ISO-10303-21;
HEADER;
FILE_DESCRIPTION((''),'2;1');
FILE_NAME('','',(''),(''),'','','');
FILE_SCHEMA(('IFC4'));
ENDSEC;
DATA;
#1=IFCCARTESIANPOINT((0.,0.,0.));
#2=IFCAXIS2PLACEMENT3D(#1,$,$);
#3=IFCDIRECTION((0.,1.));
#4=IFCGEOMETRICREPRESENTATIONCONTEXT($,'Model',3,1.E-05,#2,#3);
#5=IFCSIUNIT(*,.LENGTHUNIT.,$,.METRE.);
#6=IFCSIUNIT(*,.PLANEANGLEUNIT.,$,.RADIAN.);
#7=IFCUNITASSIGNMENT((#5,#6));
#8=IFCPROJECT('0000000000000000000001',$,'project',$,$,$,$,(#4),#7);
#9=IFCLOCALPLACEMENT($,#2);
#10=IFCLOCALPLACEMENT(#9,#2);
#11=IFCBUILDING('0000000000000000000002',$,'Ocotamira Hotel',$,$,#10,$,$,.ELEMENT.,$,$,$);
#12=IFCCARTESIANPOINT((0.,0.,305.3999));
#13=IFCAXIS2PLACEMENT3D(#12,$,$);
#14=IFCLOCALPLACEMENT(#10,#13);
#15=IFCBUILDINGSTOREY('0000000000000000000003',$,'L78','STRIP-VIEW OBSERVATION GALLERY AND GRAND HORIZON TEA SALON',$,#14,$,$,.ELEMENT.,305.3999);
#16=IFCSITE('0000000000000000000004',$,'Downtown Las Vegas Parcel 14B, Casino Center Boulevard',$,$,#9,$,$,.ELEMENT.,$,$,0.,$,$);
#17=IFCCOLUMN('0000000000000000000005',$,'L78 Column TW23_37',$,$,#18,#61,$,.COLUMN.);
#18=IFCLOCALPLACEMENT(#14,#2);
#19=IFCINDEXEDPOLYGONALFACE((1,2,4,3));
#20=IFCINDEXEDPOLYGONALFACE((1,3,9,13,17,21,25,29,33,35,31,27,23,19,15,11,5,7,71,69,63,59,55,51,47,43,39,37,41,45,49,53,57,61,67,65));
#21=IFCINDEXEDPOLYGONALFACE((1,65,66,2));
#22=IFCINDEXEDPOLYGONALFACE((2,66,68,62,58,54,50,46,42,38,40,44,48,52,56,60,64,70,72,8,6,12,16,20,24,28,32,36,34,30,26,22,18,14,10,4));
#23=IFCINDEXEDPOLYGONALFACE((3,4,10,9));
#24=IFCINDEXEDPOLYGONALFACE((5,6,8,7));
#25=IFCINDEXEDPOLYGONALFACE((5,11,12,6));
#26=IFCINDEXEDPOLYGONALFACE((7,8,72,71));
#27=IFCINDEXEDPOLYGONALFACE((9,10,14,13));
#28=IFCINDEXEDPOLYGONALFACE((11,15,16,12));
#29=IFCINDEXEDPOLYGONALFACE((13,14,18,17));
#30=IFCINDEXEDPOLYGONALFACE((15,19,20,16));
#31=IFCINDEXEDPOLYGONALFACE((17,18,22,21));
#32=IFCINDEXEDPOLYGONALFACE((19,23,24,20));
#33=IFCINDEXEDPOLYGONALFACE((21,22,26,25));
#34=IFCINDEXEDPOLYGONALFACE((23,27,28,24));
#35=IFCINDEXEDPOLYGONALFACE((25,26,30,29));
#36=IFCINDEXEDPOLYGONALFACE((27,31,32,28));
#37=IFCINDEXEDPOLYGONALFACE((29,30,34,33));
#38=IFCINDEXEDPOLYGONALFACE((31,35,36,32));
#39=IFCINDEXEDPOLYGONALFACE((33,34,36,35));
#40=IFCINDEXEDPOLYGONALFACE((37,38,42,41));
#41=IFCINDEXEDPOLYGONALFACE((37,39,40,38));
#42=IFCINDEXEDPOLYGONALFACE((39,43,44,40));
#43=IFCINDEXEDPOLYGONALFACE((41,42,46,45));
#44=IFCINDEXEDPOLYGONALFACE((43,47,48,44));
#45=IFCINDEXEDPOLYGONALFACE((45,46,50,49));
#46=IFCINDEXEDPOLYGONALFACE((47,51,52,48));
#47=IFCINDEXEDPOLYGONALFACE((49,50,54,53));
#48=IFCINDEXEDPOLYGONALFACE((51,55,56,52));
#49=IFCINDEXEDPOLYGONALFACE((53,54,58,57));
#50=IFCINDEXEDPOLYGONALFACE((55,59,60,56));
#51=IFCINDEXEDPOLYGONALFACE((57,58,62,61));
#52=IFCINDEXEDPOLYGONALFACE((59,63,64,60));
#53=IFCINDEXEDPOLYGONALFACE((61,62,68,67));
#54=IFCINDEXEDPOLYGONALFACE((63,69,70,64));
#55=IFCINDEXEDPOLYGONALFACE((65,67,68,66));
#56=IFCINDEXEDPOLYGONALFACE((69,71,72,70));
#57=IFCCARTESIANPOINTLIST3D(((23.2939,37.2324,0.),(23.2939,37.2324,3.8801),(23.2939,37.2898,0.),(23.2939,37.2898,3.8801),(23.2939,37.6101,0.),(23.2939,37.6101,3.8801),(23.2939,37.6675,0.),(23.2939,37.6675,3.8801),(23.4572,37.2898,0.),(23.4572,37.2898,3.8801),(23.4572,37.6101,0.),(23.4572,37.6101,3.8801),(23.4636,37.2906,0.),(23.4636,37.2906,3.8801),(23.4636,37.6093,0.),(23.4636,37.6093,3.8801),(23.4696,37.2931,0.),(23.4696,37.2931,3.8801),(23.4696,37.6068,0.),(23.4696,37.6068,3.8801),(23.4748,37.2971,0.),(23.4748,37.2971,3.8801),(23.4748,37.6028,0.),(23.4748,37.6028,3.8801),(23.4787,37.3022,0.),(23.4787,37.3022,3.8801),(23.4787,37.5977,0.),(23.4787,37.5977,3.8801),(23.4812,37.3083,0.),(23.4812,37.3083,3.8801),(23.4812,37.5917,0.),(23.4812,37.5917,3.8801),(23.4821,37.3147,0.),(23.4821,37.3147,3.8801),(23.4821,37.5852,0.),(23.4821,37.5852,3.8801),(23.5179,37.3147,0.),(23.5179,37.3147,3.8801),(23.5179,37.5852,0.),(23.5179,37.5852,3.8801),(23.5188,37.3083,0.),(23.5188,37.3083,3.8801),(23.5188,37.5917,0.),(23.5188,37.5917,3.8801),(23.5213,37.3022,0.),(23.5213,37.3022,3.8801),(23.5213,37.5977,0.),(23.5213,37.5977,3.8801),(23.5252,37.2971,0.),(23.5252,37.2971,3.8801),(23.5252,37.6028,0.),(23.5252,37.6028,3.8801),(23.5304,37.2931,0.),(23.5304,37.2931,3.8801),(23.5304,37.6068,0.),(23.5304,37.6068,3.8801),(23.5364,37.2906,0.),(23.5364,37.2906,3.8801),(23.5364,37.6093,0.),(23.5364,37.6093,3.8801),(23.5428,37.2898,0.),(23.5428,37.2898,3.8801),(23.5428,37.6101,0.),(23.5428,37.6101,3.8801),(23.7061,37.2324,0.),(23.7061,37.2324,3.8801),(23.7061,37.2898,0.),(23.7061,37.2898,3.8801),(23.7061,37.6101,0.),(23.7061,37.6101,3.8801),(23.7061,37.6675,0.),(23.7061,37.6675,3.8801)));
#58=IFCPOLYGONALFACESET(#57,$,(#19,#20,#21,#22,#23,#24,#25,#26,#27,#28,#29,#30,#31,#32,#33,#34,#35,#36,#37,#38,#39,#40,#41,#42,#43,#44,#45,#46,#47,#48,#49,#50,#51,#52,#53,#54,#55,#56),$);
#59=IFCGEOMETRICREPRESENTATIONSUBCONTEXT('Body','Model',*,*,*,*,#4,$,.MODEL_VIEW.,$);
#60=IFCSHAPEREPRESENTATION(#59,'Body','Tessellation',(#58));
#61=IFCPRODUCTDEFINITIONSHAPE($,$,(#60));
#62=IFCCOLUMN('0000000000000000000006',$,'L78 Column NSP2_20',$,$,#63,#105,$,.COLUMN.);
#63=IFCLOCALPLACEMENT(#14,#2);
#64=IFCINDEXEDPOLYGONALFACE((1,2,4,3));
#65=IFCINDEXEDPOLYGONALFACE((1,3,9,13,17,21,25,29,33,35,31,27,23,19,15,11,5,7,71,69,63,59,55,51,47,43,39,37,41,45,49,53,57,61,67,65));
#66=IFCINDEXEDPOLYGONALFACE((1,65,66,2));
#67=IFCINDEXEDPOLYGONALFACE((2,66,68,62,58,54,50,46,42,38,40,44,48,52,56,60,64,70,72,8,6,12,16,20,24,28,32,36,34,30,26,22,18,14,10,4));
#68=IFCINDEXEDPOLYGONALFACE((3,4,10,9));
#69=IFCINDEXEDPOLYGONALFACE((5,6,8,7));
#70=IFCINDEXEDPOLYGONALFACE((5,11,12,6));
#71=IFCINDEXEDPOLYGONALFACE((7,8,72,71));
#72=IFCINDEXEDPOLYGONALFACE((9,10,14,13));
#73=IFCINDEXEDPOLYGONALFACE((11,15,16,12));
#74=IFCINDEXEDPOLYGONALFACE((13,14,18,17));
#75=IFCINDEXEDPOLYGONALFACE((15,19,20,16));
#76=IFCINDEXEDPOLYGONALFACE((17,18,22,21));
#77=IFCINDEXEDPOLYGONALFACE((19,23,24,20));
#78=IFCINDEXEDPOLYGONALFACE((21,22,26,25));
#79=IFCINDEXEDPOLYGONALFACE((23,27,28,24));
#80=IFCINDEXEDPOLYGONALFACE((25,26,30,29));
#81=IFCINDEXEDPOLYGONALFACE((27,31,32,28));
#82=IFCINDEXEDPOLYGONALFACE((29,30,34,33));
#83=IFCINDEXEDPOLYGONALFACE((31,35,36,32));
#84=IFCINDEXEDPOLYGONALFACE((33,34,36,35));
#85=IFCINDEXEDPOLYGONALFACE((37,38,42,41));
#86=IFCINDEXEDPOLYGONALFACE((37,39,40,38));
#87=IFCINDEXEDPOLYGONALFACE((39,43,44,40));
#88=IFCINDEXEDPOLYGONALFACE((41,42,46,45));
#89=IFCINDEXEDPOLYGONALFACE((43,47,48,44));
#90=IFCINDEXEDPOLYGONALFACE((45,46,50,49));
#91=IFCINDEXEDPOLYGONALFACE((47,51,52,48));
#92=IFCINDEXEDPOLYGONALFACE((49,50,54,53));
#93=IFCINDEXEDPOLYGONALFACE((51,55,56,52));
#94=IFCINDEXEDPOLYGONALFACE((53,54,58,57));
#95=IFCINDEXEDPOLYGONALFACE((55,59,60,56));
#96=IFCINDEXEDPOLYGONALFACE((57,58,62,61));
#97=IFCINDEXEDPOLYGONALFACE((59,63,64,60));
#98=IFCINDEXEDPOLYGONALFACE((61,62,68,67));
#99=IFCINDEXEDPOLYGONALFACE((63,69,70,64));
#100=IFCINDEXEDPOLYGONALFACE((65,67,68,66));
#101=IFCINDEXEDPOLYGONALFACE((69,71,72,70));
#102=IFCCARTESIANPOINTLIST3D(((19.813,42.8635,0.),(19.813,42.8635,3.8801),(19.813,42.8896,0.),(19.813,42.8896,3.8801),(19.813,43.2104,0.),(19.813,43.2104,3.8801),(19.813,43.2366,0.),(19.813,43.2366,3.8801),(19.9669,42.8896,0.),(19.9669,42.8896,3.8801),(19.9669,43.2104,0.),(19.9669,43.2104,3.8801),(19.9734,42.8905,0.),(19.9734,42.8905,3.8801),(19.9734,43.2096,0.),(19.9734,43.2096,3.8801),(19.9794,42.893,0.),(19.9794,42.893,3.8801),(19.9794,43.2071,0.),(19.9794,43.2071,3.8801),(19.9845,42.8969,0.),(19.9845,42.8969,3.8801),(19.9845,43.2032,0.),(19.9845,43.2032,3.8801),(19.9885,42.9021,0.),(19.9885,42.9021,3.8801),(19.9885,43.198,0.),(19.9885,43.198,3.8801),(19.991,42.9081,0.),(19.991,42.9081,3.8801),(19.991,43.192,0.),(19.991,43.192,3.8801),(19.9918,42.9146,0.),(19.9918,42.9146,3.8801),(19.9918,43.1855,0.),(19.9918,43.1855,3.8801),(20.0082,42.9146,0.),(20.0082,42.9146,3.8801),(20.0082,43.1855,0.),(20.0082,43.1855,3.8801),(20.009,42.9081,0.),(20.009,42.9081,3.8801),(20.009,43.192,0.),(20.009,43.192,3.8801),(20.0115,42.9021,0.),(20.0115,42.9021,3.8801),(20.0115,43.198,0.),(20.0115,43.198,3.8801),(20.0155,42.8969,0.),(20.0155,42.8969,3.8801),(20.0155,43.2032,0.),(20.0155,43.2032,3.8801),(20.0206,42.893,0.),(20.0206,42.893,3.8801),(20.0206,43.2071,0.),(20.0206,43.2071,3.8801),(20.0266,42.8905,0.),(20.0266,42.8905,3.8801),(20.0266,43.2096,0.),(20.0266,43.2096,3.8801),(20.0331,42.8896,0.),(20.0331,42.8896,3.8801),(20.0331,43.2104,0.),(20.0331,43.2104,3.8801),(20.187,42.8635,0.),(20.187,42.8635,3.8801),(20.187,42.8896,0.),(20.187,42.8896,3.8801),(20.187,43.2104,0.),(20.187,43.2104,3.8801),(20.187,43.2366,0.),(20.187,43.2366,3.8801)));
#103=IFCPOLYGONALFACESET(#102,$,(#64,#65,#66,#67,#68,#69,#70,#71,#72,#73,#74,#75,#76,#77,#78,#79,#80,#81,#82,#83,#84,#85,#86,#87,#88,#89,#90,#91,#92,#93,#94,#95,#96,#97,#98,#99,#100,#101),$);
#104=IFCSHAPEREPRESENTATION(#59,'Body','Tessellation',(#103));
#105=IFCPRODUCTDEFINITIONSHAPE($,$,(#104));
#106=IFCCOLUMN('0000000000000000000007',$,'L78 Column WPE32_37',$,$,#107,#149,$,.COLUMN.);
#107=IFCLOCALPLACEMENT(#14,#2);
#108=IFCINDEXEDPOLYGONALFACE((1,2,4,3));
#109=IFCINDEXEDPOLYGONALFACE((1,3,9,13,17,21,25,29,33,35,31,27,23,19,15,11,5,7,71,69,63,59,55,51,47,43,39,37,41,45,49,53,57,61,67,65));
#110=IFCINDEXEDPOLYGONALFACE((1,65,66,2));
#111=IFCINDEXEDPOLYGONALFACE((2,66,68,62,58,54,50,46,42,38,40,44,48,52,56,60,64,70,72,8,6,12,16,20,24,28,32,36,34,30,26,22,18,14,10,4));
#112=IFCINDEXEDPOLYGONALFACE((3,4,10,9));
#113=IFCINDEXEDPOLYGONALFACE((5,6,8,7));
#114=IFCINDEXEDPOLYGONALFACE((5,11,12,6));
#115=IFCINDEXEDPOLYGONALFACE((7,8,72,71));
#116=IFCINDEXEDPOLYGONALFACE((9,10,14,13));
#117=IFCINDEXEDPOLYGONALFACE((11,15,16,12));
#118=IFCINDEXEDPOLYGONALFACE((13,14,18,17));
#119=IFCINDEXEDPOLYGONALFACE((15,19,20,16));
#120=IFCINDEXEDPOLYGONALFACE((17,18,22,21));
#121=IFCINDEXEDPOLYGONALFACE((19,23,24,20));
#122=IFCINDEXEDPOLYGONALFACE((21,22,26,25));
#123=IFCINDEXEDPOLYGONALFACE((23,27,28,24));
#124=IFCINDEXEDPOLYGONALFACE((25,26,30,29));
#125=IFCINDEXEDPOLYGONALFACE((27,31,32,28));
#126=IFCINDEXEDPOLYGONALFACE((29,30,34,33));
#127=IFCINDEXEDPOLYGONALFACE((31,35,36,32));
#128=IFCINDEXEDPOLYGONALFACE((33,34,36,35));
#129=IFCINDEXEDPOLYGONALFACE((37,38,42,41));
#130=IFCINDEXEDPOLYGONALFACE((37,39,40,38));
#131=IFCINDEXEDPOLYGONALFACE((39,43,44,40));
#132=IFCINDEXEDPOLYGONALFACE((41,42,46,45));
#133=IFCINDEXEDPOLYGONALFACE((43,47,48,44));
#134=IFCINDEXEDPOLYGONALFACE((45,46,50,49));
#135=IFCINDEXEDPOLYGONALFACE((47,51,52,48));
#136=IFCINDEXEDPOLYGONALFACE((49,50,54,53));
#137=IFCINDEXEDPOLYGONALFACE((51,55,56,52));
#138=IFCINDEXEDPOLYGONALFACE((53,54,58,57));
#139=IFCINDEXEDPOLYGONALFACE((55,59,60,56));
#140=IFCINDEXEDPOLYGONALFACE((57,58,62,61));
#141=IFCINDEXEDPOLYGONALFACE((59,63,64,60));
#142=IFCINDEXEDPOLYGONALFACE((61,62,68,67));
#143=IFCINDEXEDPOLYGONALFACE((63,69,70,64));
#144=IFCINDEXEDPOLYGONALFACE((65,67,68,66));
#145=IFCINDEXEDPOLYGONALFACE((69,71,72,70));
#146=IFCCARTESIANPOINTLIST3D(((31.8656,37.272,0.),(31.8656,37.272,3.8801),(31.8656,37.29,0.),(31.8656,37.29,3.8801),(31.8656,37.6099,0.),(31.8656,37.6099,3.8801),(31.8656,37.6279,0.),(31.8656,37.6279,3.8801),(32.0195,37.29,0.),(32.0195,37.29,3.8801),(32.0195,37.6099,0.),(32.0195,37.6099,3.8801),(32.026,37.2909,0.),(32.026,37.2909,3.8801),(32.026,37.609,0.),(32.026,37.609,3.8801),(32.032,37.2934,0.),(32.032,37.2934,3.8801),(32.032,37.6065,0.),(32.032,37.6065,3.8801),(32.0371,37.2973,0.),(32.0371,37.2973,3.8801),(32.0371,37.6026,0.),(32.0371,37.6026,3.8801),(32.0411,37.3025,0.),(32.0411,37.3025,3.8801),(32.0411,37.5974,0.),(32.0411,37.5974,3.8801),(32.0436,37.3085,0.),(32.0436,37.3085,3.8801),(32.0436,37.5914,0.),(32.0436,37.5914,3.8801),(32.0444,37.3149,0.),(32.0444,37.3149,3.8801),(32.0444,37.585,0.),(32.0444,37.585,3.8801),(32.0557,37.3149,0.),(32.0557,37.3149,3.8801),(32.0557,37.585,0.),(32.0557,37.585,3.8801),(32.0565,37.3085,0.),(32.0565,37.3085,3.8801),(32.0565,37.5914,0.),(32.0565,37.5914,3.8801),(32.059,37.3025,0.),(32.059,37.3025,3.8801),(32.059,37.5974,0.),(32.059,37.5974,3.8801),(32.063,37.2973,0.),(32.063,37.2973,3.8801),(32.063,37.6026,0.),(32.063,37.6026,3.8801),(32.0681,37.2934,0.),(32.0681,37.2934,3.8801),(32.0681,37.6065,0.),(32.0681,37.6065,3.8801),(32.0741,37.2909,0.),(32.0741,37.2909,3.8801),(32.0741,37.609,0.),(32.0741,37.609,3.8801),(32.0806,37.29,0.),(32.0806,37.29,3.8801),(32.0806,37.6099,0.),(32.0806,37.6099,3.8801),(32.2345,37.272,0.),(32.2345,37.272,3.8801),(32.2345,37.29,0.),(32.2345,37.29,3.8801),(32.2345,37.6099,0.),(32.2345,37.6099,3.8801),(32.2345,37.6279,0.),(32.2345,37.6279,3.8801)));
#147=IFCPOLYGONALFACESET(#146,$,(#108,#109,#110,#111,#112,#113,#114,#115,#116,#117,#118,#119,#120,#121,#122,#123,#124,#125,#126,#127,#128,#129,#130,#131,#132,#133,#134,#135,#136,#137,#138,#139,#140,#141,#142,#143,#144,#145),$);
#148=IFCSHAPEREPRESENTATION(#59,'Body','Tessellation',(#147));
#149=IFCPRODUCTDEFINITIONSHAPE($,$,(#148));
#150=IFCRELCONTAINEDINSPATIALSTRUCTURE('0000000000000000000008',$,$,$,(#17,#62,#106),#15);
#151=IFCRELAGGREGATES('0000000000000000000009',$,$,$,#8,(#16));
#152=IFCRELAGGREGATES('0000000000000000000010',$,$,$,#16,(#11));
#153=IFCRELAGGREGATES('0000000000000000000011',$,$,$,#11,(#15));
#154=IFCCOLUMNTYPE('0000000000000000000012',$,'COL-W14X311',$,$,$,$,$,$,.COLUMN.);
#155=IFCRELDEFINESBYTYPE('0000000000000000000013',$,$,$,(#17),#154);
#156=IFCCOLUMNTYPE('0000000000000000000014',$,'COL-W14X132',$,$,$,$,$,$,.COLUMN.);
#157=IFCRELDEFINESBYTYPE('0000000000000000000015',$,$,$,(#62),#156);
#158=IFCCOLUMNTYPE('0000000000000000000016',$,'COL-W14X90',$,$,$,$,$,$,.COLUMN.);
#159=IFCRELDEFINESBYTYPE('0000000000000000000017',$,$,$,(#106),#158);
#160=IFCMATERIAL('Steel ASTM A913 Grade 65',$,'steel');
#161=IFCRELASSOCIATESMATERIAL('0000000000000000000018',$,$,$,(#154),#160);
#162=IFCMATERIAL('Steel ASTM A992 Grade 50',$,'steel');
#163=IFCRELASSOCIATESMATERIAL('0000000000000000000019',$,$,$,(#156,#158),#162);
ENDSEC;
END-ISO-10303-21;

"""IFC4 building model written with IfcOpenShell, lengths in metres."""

from ifc_helpers import new_model, si_unit, direction, frame, origin, origin_2d, place, context, subcontext, project, spatial, i_section, extrude, source, transform, mapped, material, material_profile, profile_set, type_object, element, save


model = new_model("IFC4")

# Units and contexts
model_context = context("Model", 3, precision=1e-05, world=origin(), true_north=direction((0.0, 1.0)))
body_context = subcontext(model_context, "Body", "Model", "MODEL_VIEW")
ifc_project = project(units=[si_unit("LENGTHUNIT", "METRE"), si_unit("PLANEANGLEUNIT", "RADIAN")], contexts=[model_context])

# Site, building, storey
site_placement = place(None, origin())
site = spatial("IfcSite", under=ifc_project, at=site_placement, Name="Downtown Las Vegas Parcel 14B, Casino Center Boulevard", CompositionType="ELEMENT", RefElevation=0.0)
building_placement = place(site_placement, origin())
building = spatial("IfcBuilding", under=site, at=building_placement, Name="Ocotamira Hotel", CompositionType="ELEMENT")
storey_placement = place(building_placement, frame((0.0, 0.0, 305.3999)))
storey = spatial("IfcBuildingStorey", under=building, at=storey_placement, Name="L78", Description="STRIP-VIEW OBSERVATION GALLERY AND GRAND HORIZON TEA SALON", CompositionType="ELEMENT", Elevation=305.3999)

# Columns
ifc_material_1 = material(Name="Steel ASTM A913 Grade 65", Category="steel")
ifc_material_profile_1 = material_profile(ifc_material_1, i_section(OverallWidth=0.4121, OverallDepth=0.4351, WebThickness=0.0359, FlangeThickness=0.0574, FilletRadius=0.0249, at=origin_2d()), Name="W14X311")
ifc_profile_set_1 = profile_set([ifc_material_profile_1], Name="Steel ASTM A913 Grade 65")
column_type_1 = type_object("IfcColumnType", Name="COL-W14X311", PredefinedType="COLUMN", material=ifc_profile_set_1)
shared_shape_1 = source(origin(), body_context, "Body", "SweptSolid", [
    extrude(i_section(OverallWidth=0.4121, OverallDepth=0.4351, WebThickness=0.0359, FlangeThickness=0.0574, FilletRadius=0.0249, at=origin_2d()), origin(), (0.0, 0.0, 1.0), 3.8801),
])
column_1_placement = place(storey_placement, frame((23.5, 37.45, 0.0), z_axis=(0.0, 0.0, 1.0), x_axis=(1.0, 0.0, 0.0)))
element("IfcColumn", 1, at=column_1_placement, inside=storey, type_object=column_type_1, Name="L78 Column TW23_37", PredefinedType="COLUMN", context=body_context, shape_type="MappedRepresentation", body=[
    mapped(shared_shape_1, transform((0.0, 0.0, 0.0), scale=1.0)),
])
ifc_material_2 = material(Name="Steel ASTM A992 Grade 50", Category="steel")
ifc_material_profile_2 = material_profile(ifc_material_2, i_section(OverallWidth=0.374, OverallDepth=0.373, WebThickness=0.0164, FlangeThickness=0.0261, FilletRadius=0.0249, at=origin_2d()), Name="W14X132")
ifc_profile_set_2 = profile_set([ifc_material_profile_2], Name="Steel ASTM A992 Grade 50")
column_type_2 = type_object("IfcColumnType", Name="COL-W14X132", PredefinedType="COLUMN", material=ifc_profile_set_2)
shared_shape_2 = source(origin(), body_context, "Body", "SweptSolid", [
    extrude(i_section(OverallWidth=0.374, OverallDepth=0.373, WebThickness=0.0164, FlangeThickness=0.0261, FilletRadius=0.0249, at=origin_2d()), origin(), (0.0, 0.0, 1.0), 3.8801),
])
column_2_placement = place(storey_placement, frame((20.0, 43.05, 0.0), z_axis=(0.0, 0.0, 1.0), x_axis=(1.0, 0.0, 0.0)))
element("IfcColumn", 2, at=column_2_placement, inside=storey, type_object=column_type_2, Name="L78 Column NSP2_20", PredefinedType="COLUMN", context=body_context, shape_type="MappedRepresentation", body=[
    mapped(shared_shape_2, transform((0.0, 0.0, 0.0), scale=1.0)),
])
ifc_material_profile_3 = material_profile(ifc_material_2, i_section(OverallWidth=0.3689, OverallDepth=0.356, WebThickness=0.0112, FlangeThickness=0.0181, FilletRadius=0.0249, at=origin_2d()), Name="W14X90")
ifc_profile_set_3 = profile_set([ifc_material_profile_3], Name="Steel ASTM A992 Grade 50")
column_type_3 = type_object("IfcColumnType", Name="COL-W14X90", PredefinedType="COLUMN", material=ifc_profile_set_3)
shared_shape_3 = source(origin(), body_context, "Body", "SweptSolid", [
    extrude(i_section(OverallWidth=0.3689, OverallDepth=0.356, WebThickness=0.0112, FlangeThickness=0.0181, FilletRadius=0.0249, at=origin_2d()), origin(), (0.0, 0.0, 1.0), 3.8801),
])
column_3_placement = place(storey_placement, frame((32.05, 37.45, 0.0), z_axis=(0.0, 0.0, 1.0), x_axis=(1.0, 0.0, 0.0)))
element("IfcColumn", 3, at=column_3_placement, inside=storey, type_object=column_type_3, Name="L78 Column WPE32_37", PredefinedType="COLUMN", context=body_context, shape_type="MappedRepresentation", body=[
    mapped(shared_shape_3, transform((0.0, 0.0, 0.0), scale=1.0)),
])

save(model, "model.ifc")
